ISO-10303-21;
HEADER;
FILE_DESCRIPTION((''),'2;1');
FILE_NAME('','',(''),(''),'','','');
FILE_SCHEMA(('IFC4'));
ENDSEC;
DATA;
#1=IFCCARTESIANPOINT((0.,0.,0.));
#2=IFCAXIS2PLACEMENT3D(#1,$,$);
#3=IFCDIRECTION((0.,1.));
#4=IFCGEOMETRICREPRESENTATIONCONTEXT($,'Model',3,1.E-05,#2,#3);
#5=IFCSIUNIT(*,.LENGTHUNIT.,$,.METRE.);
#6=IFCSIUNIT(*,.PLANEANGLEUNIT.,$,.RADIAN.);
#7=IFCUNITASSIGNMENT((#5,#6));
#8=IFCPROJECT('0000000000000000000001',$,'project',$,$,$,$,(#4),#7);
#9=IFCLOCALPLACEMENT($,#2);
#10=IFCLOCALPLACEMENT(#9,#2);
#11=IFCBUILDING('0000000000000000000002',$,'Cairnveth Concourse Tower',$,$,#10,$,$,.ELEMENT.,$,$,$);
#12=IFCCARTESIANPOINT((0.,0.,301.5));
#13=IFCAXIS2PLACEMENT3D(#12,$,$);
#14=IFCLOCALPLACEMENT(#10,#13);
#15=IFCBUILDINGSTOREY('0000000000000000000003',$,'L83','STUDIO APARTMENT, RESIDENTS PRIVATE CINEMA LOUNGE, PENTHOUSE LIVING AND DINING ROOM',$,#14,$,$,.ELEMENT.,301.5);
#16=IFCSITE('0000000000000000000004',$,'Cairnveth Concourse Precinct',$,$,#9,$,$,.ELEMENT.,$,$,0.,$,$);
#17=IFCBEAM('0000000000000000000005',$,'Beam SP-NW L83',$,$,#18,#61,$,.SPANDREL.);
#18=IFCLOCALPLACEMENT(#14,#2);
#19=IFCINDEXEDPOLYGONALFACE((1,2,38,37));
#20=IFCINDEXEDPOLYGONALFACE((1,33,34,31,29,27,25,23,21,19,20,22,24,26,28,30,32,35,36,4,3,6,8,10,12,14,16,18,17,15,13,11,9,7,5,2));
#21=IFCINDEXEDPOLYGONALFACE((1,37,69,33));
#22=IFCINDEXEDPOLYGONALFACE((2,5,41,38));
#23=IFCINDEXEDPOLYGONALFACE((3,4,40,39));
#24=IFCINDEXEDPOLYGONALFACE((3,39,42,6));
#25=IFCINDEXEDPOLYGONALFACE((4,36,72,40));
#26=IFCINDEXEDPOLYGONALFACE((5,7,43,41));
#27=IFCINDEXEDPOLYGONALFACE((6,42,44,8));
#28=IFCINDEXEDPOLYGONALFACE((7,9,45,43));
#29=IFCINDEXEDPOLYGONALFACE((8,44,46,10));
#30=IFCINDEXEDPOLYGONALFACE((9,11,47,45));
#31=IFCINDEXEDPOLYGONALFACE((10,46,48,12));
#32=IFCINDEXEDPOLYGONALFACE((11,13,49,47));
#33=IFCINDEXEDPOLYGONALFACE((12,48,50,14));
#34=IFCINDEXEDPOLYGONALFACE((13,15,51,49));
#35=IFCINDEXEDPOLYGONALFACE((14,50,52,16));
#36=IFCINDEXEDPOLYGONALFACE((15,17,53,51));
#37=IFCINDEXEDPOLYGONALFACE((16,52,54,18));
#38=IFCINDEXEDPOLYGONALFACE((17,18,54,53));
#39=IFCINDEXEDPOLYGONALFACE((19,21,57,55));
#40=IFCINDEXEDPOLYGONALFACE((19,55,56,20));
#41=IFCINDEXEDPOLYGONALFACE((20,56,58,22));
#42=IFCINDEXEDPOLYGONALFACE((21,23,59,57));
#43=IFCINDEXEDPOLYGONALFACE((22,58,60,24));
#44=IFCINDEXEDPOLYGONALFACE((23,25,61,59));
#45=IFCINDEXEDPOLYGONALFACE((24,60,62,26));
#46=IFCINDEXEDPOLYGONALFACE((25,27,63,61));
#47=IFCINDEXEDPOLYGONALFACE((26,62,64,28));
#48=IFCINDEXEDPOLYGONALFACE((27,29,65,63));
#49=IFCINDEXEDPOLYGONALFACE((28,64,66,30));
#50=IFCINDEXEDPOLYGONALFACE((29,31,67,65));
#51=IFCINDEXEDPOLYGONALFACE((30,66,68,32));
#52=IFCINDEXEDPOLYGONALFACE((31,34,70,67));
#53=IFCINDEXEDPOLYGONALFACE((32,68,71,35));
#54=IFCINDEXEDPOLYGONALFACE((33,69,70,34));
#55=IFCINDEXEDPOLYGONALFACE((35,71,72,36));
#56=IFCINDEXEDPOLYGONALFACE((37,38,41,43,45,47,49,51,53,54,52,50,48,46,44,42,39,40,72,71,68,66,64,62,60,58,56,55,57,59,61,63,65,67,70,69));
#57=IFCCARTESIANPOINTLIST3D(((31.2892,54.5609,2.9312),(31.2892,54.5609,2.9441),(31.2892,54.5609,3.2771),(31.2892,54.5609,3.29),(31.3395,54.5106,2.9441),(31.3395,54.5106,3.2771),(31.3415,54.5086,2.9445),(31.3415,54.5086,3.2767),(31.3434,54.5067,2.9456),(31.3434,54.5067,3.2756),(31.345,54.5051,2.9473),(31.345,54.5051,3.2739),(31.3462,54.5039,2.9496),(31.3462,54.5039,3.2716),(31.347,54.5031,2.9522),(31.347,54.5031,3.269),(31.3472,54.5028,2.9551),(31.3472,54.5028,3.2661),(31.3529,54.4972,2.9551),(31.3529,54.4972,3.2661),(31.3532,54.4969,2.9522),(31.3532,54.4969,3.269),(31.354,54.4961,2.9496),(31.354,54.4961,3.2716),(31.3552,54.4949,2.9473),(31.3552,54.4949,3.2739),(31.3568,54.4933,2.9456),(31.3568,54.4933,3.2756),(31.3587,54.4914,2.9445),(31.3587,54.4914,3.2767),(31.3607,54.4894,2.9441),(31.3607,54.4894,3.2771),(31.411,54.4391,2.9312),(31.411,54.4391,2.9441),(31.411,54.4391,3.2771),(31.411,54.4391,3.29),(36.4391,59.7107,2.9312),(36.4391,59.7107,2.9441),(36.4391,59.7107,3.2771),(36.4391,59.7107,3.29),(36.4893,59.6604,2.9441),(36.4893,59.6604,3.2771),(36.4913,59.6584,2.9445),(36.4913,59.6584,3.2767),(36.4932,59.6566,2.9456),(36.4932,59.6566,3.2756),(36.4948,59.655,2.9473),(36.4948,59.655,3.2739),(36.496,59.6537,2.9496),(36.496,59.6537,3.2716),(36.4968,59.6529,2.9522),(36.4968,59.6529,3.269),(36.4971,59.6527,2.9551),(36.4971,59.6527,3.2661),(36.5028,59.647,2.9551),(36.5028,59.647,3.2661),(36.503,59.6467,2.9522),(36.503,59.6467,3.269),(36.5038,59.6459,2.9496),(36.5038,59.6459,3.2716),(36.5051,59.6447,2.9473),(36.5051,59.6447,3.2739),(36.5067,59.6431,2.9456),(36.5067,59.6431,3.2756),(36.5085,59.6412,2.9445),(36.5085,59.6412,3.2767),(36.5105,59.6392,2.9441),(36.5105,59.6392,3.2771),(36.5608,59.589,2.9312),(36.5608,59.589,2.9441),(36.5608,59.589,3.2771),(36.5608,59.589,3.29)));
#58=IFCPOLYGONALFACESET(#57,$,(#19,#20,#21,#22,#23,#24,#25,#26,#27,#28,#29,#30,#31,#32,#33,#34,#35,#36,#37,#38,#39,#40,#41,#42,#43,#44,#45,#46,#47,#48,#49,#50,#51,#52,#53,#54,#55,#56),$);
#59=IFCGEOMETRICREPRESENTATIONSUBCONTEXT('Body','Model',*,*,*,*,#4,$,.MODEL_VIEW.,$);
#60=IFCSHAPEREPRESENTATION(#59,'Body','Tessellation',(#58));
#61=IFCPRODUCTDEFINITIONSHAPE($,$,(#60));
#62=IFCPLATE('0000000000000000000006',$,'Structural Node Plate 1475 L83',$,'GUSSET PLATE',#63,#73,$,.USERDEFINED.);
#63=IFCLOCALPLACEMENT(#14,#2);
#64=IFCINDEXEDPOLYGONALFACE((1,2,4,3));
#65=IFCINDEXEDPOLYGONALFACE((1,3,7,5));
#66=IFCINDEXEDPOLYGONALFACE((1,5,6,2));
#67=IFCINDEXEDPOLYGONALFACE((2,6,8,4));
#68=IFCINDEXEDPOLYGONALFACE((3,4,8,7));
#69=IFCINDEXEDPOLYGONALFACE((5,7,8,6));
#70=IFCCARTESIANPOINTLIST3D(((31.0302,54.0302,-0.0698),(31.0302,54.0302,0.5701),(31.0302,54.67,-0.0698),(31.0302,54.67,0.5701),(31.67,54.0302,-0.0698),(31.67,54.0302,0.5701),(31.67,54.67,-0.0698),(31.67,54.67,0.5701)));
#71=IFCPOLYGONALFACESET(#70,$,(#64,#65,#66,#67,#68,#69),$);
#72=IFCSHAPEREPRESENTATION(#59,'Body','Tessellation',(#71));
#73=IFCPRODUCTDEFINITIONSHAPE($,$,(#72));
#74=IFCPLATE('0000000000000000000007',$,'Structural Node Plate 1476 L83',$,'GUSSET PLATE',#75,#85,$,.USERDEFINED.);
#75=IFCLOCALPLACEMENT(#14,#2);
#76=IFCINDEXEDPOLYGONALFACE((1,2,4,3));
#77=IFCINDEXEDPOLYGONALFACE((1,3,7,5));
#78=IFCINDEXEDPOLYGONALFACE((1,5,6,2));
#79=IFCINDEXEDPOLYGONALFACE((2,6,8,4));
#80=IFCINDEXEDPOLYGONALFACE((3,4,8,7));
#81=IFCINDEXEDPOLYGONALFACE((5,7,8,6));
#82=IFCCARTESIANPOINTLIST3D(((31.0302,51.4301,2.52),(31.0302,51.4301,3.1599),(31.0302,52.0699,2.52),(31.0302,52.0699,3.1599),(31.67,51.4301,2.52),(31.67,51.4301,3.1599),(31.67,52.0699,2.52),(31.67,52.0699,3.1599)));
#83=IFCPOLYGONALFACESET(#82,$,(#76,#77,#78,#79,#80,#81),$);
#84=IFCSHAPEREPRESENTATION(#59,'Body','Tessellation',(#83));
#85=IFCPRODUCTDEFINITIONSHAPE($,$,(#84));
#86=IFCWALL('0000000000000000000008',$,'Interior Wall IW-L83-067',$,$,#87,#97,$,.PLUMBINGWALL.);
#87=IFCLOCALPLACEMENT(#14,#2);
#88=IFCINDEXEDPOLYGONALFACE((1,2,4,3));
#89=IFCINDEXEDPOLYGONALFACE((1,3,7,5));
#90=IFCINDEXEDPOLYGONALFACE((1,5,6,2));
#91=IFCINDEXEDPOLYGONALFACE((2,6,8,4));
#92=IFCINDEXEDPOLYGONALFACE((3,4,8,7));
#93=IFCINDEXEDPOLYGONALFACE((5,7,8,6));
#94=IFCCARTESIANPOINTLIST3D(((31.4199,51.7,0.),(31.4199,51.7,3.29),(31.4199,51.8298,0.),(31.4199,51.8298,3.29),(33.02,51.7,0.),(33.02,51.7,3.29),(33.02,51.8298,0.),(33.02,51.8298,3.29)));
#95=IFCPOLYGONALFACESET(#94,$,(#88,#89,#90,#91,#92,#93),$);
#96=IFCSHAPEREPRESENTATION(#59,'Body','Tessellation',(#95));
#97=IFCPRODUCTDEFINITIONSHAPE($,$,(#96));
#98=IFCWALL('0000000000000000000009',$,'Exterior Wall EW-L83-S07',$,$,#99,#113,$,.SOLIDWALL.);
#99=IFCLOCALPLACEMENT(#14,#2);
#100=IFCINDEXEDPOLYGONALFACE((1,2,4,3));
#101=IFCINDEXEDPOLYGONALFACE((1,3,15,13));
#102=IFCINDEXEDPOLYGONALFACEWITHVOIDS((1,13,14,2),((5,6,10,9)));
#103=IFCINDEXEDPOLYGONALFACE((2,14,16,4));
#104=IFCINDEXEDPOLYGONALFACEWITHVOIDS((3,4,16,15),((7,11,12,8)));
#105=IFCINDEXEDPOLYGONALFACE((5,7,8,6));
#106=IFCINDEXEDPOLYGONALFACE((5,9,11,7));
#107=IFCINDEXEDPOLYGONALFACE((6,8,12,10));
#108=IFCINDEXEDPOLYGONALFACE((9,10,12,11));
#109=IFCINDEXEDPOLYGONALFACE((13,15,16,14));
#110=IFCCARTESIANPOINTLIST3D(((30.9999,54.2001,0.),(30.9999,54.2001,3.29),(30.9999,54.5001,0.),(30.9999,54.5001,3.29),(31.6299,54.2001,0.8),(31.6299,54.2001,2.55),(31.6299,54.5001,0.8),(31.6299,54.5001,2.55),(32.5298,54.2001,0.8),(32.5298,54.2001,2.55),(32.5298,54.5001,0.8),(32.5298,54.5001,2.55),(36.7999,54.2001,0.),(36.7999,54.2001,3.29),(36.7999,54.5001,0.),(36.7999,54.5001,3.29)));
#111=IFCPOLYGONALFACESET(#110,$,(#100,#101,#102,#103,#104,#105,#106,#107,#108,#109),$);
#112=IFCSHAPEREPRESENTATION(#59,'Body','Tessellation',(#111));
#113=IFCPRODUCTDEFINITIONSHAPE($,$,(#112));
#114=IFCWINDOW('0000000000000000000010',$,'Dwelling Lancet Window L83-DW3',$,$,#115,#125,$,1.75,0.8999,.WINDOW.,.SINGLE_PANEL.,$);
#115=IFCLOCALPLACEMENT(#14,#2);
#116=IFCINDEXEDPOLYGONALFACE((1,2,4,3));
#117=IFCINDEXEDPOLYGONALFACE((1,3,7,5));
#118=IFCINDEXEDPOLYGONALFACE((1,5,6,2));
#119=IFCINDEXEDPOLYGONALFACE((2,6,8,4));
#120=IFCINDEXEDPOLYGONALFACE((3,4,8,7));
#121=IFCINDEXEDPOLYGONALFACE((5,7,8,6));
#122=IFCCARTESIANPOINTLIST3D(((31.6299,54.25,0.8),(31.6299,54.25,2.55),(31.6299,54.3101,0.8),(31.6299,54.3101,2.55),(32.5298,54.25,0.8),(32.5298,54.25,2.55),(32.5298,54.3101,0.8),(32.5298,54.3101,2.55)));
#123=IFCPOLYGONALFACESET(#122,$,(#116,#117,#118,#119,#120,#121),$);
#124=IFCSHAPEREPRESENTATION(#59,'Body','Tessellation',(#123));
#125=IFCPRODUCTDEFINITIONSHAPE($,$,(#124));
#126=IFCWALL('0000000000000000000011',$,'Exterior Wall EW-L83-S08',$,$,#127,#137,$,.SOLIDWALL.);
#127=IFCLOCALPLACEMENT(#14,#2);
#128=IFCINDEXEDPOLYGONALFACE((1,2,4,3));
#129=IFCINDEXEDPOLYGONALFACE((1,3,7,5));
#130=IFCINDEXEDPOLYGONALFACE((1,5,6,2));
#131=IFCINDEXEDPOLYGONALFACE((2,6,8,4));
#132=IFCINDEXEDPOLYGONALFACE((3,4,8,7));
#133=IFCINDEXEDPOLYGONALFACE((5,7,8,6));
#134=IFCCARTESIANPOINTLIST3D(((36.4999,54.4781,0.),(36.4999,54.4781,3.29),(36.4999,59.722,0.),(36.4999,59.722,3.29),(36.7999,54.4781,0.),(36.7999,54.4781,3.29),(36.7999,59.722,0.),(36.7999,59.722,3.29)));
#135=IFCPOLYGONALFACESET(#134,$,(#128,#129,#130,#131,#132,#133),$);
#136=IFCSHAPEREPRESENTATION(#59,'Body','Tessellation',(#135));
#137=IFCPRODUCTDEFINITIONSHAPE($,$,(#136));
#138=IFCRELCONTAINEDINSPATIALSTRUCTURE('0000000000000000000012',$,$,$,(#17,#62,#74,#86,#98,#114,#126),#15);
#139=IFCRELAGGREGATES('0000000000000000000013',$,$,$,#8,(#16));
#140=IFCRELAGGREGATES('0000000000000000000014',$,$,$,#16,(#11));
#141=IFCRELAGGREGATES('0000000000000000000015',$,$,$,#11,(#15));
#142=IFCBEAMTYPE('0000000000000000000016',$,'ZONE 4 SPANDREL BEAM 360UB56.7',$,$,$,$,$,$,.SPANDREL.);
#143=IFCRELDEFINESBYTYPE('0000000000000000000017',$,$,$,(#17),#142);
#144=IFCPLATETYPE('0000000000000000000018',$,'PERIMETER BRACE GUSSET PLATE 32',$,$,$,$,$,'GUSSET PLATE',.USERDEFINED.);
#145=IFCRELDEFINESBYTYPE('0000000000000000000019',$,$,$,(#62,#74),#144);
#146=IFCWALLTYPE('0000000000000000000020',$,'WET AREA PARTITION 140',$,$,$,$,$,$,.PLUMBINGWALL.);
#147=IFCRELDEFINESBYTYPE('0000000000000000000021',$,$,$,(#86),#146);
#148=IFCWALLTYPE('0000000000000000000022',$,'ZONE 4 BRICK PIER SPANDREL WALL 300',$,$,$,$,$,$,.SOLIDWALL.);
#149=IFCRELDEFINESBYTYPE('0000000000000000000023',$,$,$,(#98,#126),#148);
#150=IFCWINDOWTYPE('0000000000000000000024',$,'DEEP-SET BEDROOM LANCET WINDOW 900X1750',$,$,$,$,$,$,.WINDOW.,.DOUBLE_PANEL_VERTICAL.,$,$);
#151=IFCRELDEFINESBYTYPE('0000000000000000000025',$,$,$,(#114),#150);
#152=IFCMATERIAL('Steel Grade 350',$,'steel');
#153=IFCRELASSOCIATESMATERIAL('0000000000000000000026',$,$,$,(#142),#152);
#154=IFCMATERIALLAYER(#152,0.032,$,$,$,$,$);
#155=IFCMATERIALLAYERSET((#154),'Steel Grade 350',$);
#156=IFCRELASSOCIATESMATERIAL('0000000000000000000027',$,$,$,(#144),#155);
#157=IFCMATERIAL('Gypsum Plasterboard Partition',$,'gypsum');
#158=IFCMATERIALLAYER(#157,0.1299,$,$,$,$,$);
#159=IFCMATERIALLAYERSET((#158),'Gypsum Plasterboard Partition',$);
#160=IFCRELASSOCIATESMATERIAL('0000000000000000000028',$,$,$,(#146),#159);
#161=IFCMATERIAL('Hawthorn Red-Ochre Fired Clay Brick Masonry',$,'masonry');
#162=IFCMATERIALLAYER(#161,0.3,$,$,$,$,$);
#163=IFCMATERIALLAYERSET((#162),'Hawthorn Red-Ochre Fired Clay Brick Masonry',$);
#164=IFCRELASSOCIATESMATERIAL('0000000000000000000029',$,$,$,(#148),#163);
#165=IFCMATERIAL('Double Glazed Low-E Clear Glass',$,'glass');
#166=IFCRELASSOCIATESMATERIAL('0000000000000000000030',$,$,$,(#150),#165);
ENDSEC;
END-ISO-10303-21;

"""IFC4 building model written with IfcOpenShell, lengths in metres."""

from ifc_helpers import new_model, si_unit, direction, frame, frame_2d, origin, origin_2d, place, context, subcontext, project, spatial, rectangle, i_section, extrude, material, layer, layer_set, material_profile, profile_set, type_object, element, fill, save


model = new_model("IFC4")

# Units and contexts
model_context = context("Model", 3, precision=1e-05, world=origin(), true_north=direction((0.0, 1.0)))
body_context = subcontext(model_context, "Body", "Model", "MODEL_VIEW")
ifc_project = project(units=[si_unit("LENGTHUNIT", "METRE"), si_unit("PLANEANGLEUNIT", "RADIAN")], contexts=[model_context])

# Site, building, storey
site_placement = place(None, origin())
site = spatial("IfcSite", under=ifc_project, at=site_placement, Name="Cairnveth Concourse Precinct", CompositionType="ELEMENT", RefElevation=0.0)
building_placement = place(site_placement, origin())
building = spatial("IfcBuilding", under=site, at=building_placement, Name="Cairnveth Concourse Tower", CompositionType="ELEMENT")
storey_placement = place(building_placement, frame((0.0, 0.0, 301.5)))
storey = spatial("IfcBuildingStorey", under=building, at=storey_placement, Name="L83", Description="STUDIO APARTMENT, RESIDENTS PRIVATE CINEMA LOUNGE, PENTHOUSE LIVING AND DINING ROOM", CompositionType="ELEMENT", Elevation=301.5)

# Shared definitions
ifc_material_1 = material(Name="Steel Grade 350", Category="steel")

# Beam
ifc_material_profile_1 = material_profile(ifc_material_1, i_section(OverallWidth=0.1721, OverallDepth=0.3589, WebThickness=0.0081, FlangeThickness=0.0129, FilletRadius=0.011, at=origin_2d()), Name="360UB56.7")
ifc_profile_set_1 = profile_set([ifc_material_profile_1], Name="Steel Grade 350")
beam_type_1 = type_object("IfcBeamType", Name="ZONE 4 SPANDREL BEAM 360UB56.7", PredefinedType="SPANDREL", material=ifc_profile_set_1)
beam_1_placement = place(storey_placement, frame((31.3501, 54.5, 3.1106), z_axis=(0.707107, 0.707107, 0.0), x_axis=(-0.707107, 0.707107, 0.0)))
element("IfcBeam", 1, at=beam_1_placement, inside=storey, type_object=beam_type_1, Name="Beam SP-NW L83", PredefinedType="SPANDREL", context=body_context, shape_type="SweptSolid", body=[
    extrude(i_section(OverallWidth=0.1721, OverallDepth=0.3589, WebThickness=0.0081, FlangeThickness=0.0129, FilletRadius=0.011, at=origin_2d()), origin(), (0.0, 0.0, 1.0), 7.283),
])

# Plates
ifc_layer_1 = layer(ifc_material_1, 0.032)
ifc_layer_set_1 = layer_set([ifc_layer_1], Name="Steel Grade 350")
plate_type = type_object("IfcPlateType", Name="PERIMETER BRACE GUSSET PLATE 32", ElementType="GUSSET PLATE", PredefinedType="USERDEFINED", material=ifc_layer_set_1)
for number, where, z_axis, x_axis, name in (
    (2, (31.3501, 54.3501, -0.0698), (0.0, 0.0, 1.0), (1.0, 0.0, 0.0), "Structural Node Plate 1475 L83"),
    (3, (31.3501, 51.75, 2.52), (0.0, 0.0, 1.0), (1.0, 0.0, 0.0), "Structural Node Plate 1476 L83"),
):
    element("IfcPlate", number, at=place(storey_placement, frame(where, z_axis=z_axis, x_axis=x_axis)), inside=storey, type_object=plate_type, Name=name, ObjectType="GUSSET PLATE", PredefinedType="USERDEFINED", context=body_context, shape_type="SweptSolid", body=[
        extrude(rectangle(XDim=0.6399, YDim=0.6399, at=origin_2d()), origin(), (0.0, 0.0, 1.0), 0.6399),
    ])

# Wall
ifc_material_2 = material(Name="Gypsum Plasterboard Partition", Category="gypsum")
ifc_layer_2 = layer(ifc_material_2, 0.1299)
ifc_layer_set_2 = layer_set([ifc_layer_2], Name="Gypsum Plasterboard Partition")
wall_type_1 = type_object("IfcWallType", Name="WET AREA PARTITION 140", PredefinedType="PLUMBINGWALL", material=ifc_layer_set_2)
wall_1_placement = place(storey_placement, frame((31.4199, 51.7649, 0.0), z_axis=(0.0, 0.0, 1.0), x_axis=(1.0, 0.0, 0.0)))
element("IfcWall", 4, at=wall_1_placement, inside=storey, type_object=wall_type_1, Name="Interior Wall IW-L83-067", PredefinedType="PLUMBINGWALL", context=body_context, shape_type="SweptSolid", body=[
    extrude(rectangle(XDim=1.6001, YDim=0.1299, at=frame_2d((0.8, 0.0))), origin(), (0.0, 0.0, 1.0), 3.29),
])

# Wall, opening, window
ifc_material_3 = material(Name="Hawthorn Red-Ochre Fired Clay Brick Masonry", Category="masonry")
ifc_layer_3 = layer(ifc_material_3, 0.3)
ifc_layer_set_3 = layer_set([ifc_layer_3], Name="Hawthorn Red-Ochre Fired Clay Brick Masonry")
wall_type_2 = type_object("IfcWallType", Name="ZONE 4 BRICK PIER SPANDREL WALL 300", PredefinedType="SOLIDWALL", material=ifc_layer_set_3)
wall_2_placement = place(storey_placement, frame((31.0, 54.3501, 0.0), z_axis=(0.0, 0.0, 1.0), x_axis=(1.0, 0.0, 0.0)))
wall_2 = element("IfcWall", 5, at=wall_2_placement, inside=storey, type_object=wall_type_2, Name="Exterior Wall EW-L83-S07", PredefinedType="SOLIDWALL", context=body_context, shape_type="SweptSolid", body=[
    extrude(rectangle(XDim=5.8, YDim=0.3, at=frame_2d((2.8999, 0.0))), origin(), (0.0, 0.0, 1.0), 3.29),
])
opening_1_placement = place(wall_2_placement, frame((0.6299, 0.0, 0.8)))
opening_1 = element("IfcOpeningElement", 6, at=opening_1_placement, cuts=wall_2, PredefinedType="OPENING", context=body_context, shape_type="SweptSolid", body=[
    extrude(rectangle(XDim=0.8999, YDim=1.75, at=frame_2d((0.45, 0.875))), frame((0.0, 0.1599, 0.0), z_axis=(0.0, -1.0, 0.0), x_axis=(1.0, 0.0, 0.0)), (0.0, 0.0, 1.0), 0.3201),
])
ifc_material_4 = material(Name="Double Glazed Low-E Clear Glass", Category="glass")
window_type_1 = type_object("IfcWindowType", Name="DEEP-SET BEDROOM LANCET WINDOW 900X1750", PartitioningType="DOUBLE_PANEL_VERTICAL", PredefinedType="WINDOW", material=ifc_material_4)
window_1_placement = place(opening_1_placement, origin())
window_1 = element("IfcWindow", 7, at=window_1_placement, inside=storey, type_object=window_type_1, Name="Dwelling Lancet Window L83-DW3", OverallHeight=1.75, OverallWidth=0.8999, PartitioningType="SINGLE_PANEL", PredefinedType="WINDOW", context=body_context, shape_type="SweptSolid", body=[
    extrude(rectangle(XDim=0.8999, YDim=1.75, at=frame_2d((0.45, 0.875))), frame((0.0, -0.04, 0.0), z_axis=(0.0, -1.0, 0.0), x_axis=(1.0, 0.0, 0.0)), (0.0, 0.0, 1.0), 0.0601),
])
fill(opening_1, window_1)

# Wall
wall_3_placement = place(storey_placement, frame((36.6499, 54.478, 0.0), z_axis=(0.0, 0.0, 1.0), x_axis=(0.0, 1.0, 0.0)))
element("IfcWall", 8, at=wall_3_placement, inside=storey, type_object=wall_type_2, Name="Exterior Wall EW-L83-S08", PredefinedType="SOLIDWALL", context=body_context, shape_type="SweptSolid", body=[
    extrude(rectangle(XDim=5.2439, YDim=0.3, at=frame_2d((2.6221, 0.0))), origin(), (0.0, 0.0, 1.0), 3.29),
])

save(model, "model.ifc")
